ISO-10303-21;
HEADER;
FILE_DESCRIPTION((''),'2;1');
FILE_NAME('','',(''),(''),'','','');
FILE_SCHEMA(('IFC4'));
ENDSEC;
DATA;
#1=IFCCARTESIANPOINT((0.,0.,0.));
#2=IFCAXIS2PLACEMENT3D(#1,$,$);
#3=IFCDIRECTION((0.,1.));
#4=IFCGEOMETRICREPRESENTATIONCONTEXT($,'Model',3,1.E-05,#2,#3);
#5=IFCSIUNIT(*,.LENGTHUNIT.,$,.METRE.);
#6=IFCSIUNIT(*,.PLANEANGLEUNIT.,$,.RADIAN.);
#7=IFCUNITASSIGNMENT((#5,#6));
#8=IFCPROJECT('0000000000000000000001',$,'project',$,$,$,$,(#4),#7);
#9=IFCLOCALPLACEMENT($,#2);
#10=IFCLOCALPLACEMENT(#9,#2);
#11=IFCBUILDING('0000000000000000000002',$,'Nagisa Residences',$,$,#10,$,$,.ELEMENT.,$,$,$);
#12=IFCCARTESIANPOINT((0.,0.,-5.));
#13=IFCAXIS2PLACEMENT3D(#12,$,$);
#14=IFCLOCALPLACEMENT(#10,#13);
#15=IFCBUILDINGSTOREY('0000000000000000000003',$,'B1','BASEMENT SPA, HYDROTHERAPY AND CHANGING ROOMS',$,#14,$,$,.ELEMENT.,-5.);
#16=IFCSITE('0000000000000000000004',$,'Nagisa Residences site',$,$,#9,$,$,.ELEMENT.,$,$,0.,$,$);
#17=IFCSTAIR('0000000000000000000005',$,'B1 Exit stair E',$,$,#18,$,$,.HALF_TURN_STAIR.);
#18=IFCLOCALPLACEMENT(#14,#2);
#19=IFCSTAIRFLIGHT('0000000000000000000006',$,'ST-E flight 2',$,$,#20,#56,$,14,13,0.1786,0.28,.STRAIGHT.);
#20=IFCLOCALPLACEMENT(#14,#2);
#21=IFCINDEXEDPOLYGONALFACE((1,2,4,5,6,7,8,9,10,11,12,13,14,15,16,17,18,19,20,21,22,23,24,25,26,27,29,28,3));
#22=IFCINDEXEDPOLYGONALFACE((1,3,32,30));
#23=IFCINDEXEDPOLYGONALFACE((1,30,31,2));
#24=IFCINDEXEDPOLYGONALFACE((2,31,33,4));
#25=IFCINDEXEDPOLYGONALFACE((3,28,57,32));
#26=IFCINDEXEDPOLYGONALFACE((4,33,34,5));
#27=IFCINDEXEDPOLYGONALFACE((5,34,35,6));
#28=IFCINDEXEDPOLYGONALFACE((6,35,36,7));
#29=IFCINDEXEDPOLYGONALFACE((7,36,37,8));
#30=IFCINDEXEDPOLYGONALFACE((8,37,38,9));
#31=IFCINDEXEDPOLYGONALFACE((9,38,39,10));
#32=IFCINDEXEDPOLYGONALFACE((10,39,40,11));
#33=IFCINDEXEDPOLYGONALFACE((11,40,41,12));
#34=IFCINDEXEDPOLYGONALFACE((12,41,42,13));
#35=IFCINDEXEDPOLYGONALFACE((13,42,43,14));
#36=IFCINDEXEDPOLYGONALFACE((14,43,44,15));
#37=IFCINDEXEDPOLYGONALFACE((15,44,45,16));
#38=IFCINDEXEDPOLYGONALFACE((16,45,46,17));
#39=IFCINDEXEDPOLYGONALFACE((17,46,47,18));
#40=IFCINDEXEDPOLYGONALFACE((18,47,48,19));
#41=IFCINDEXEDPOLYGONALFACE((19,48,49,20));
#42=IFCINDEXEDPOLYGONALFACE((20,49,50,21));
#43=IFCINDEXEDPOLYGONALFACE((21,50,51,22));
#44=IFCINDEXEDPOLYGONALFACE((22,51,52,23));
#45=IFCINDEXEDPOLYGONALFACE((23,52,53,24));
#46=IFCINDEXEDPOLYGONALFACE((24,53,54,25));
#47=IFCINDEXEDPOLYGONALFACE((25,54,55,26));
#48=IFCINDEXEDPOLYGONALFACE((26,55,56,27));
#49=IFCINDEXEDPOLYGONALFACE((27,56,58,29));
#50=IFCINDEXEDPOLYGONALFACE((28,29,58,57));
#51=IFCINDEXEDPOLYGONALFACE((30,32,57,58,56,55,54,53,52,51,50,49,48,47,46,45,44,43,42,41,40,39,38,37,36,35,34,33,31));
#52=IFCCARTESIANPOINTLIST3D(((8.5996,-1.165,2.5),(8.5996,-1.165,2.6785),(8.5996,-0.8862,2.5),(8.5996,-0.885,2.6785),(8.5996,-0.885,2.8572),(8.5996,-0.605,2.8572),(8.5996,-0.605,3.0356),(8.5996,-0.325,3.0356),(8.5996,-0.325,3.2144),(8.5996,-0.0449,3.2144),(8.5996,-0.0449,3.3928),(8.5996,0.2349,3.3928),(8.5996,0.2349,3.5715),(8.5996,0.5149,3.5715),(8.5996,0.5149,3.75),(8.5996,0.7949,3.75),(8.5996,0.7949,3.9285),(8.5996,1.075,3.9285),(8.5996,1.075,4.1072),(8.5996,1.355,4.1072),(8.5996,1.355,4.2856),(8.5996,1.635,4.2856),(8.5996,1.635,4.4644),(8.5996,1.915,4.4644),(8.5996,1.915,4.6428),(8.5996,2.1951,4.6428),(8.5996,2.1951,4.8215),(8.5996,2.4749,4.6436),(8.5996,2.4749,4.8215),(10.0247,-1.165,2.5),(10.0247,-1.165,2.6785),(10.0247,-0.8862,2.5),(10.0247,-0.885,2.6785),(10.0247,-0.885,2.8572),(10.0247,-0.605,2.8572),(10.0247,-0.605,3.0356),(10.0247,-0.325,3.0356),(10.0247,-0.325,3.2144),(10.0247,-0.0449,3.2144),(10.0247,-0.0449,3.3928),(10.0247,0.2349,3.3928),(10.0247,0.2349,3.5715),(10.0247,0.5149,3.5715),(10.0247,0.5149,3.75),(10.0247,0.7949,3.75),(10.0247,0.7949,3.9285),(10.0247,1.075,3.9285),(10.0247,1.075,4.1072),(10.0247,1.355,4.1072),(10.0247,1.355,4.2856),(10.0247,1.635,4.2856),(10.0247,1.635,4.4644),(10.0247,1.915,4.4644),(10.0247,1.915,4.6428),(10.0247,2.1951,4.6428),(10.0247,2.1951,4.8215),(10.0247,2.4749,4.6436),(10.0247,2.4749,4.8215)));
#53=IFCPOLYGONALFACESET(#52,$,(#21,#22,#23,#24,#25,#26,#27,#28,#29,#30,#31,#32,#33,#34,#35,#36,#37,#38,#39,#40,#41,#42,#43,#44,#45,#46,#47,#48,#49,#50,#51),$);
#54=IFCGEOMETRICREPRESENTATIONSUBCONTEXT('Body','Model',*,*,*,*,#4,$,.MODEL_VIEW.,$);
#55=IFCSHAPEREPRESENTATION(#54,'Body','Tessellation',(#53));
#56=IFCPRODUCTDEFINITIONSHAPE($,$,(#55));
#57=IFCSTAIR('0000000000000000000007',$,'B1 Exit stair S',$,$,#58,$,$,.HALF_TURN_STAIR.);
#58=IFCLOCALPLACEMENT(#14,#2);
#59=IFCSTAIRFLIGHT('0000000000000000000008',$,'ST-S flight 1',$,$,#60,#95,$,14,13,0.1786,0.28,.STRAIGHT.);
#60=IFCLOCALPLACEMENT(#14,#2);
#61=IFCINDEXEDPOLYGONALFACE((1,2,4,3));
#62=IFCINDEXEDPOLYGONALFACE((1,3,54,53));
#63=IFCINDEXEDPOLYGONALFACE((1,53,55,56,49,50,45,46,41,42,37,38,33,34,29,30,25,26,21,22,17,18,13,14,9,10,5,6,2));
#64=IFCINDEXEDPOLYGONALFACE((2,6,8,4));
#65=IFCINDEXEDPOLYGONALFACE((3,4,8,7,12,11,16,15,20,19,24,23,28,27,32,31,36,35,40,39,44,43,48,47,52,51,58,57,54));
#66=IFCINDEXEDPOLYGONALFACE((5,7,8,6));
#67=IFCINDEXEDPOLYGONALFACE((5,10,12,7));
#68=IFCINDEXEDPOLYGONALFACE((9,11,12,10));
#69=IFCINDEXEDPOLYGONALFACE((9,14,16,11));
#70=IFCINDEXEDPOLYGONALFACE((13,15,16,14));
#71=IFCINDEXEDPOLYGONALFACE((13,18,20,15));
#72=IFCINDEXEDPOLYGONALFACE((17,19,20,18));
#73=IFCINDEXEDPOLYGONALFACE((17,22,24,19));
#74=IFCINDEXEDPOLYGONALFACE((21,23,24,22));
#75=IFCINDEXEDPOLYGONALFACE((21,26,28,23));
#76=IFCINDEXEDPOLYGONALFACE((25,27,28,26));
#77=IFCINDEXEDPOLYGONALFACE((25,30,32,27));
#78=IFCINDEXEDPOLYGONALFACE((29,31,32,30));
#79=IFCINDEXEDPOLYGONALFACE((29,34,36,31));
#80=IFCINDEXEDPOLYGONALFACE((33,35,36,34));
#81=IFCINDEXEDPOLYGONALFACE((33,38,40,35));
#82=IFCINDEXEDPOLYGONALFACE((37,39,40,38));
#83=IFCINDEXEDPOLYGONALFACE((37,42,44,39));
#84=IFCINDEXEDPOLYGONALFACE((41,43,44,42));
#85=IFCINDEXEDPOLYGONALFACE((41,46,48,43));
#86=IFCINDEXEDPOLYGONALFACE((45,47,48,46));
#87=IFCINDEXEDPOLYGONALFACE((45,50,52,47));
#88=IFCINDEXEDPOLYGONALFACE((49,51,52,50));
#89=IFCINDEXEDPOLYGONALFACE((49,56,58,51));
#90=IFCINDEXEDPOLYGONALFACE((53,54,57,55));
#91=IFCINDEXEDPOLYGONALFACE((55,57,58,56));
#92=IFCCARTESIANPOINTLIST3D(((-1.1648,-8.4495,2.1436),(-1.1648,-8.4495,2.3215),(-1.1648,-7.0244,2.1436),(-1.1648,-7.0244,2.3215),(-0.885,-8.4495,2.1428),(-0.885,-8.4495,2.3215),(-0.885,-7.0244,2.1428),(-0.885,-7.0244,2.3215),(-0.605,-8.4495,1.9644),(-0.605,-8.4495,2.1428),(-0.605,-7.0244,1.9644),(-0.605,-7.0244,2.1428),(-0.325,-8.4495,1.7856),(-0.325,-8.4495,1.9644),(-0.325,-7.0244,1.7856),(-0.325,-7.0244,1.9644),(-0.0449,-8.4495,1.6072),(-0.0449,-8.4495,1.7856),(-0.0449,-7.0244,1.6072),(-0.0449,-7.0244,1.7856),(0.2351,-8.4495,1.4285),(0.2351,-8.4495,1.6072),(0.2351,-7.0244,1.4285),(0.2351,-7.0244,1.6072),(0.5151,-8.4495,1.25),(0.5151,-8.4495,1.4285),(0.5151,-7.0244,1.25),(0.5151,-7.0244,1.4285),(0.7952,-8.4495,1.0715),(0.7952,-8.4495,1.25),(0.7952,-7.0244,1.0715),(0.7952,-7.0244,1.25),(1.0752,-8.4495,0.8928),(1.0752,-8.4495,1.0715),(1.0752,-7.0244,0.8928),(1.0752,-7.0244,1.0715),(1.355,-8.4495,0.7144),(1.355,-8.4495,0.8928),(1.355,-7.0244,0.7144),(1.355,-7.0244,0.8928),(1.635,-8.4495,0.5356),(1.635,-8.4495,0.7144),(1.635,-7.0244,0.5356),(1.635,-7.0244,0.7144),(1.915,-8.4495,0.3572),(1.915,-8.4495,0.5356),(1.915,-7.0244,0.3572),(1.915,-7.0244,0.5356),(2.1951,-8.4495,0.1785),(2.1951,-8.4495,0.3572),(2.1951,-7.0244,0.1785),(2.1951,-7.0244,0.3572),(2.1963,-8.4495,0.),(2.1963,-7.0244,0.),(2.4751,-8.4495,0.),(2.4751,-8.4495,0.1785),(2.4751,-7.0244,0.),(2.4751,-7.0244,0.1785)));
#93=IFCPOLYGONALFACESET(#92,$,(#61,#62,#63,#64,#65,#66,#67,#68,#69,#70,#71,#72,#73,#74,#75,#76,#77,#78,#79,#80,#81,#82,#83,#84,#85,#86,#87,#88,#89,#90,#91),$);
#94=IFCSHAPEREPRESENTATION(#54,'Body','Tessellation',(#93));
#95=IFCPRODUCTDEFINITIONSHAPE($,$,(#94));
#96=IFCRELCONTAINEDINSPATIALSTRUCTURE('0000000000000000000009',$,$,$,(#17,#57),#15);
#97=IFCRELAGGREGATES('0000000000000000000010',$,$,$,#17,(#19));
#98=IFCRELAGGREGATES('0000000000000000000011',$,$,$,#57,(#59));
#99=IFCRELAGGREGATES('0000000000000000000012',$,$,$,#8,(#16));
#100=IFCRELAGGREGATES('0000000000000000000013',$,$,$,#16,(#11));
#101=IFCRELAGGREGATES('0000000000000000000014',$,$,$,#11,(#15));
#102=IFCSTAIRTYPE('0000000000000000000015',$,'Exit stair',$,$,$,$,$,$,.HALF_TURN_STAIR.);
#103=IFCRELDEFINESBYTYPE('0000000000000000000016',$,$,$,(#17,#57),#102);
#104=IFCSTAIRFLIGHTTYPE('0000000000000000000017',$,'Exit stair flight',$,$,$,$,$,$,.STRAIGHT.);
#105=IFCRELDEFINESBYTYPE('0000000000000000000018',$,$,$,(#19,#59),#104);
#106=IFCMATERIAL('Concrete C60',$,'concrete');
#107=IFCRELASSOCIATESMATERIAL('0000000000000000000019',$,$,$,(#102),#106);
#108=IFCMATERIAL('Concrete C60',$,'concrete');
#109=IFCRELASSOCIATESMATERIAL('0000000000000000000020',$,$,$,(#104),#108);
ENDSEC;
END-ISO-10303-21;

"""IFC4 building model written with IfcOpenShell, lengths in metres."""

from ifc_helpers import new_model, si_unit, direction, frame, origin, place, context, subcontext, project, spatial, polyline, outline, extrude, material, type_object, element, aggregate, save


model = new_model("IFC4")

# Units and contexts
model_context = context("Model", 3, precision=1e-05, world=origin(), true_north=direction((0.0, 1.0)))
body_context = subcontext(model_context, "Body", "Model", "MODEL_VIEW")
ifc_project = project(units=[si_unit("LENGTHUNIT", "METRE"), si_unit("PLANEANGLEUNIT", "RADIAN")], contexts=[model_context])

# Site, building, storey
site_placement = place(None, origin())
site = spatial("IfcSite", under=ifc_project, at=site_placement, Name="Nagisa Residences site", CompositionType="ELEMENT", RefElevation=0.0)
building_placement = place(site_placement, origin())
building = spatial("IfcBuilding", under=site, at=building_placement, Name="Nagisa Residences", CompositionType="ELEMENT")
storey_placement = place(building_placement, frame((0.0, 0.0, -5.0)))
storey = spatial("IfcBuildingStorey", under=building, at=storey_placement, Name="B1", Description="BASEMENT SPA, HYDROTHERAPY AND CHANGING ROOMS", CompositionType="ELEMENT", Elevation=-5.0)

# Stairs, stair flights
ifc_material_1 = material(Name="Concrete C60", Category="concrete")
stair_type = type_object("IfcStairType", Name="Exit stair", PredefinedType="HALF_TURN_STAIR", material=ifc_material_1)
stair_1_placement = place(storey_placement, origin())
stair_1 = element("IfcStair", 1, at=stair_1_placement, inside=storey, type_object=stair_type, Name="B1 Exit stair E", PredefinedType="HALF_TURN_STAIR")
ifc_material_2 = material(Name="Concrete C60", Category="concrete")
stair_flight_type = type_object("IfcStairFlightType", Name="Exit stair flight", PredefinedType="STRAIGHT", material=ifc_material_2)
stair_flight_1_placement = place(storey_placement, frame((9.312, -1.165, 2.5), z_axis=(0.0, 0.0, 1.0), x_axis=(0.0, 1.0, 0.0)))
stair_flight_1 = element("IfcStairFlight", 2, at=stair_flight_1_placement, type_object=stair_flight_type, Name="ST-E flight 2", NumberOfRisers=14, NumberOfTreads=13, PredefinedType="STRAIGHT", RiserHeight=0.1786, TreadLength=0.28, context=body_context, shape_type="SweptSolid", body=[
    extrude(outline(polyline([(0.0, 0.0), (0.0, 0.1785), (0.28, 0.1785), (0.28, 0.3572), (0.5601, 0.3572), (0.5601, 0.5356), (0.8401, 0.5356), (0.8401, 0.7144), (1.1201, 0.7144), (1.1201, 0.8928), (1.3999, 0.8928), (1.3999, 1.0715), (1.6799, 1.0715), (1.6799, 1.25), (1.96, 1.25), (1.96, 1.4285), (2.24, 1.4285), (2.24, 1.6072), (2.52, 1.6072), (2.52, 1.7856), (2.8, 1.7856), (2.8, 1.9644), (3.0801, 1.9644), (3.0801, 2.1428), (3.3601, 2.1428), (3.3601, 2.3215), (3.6399, 2.3215), (3.6399, 2.5), (3.6399, 2.1436), (0.2788, 0.0), (0.0, 0.0)])), frame((0.0, 0.7124, 0.0), z_axis=(0.0, -1.0, 0.0), x_axis=(1.0, 0.0, 0.0)), (0.0, 0.0, 1.0), 1.425),
])
aggregate(stair_1, [stair_flight_1])
stair_2_placement = place(storey_placement, origin())
stair_2 = element("IfcStair", 3, at=stair_2_placement, inside=storey, type_object=stair_type, Name="B1 Exit stair S", PredefinedType="HALF_TURN_STAIR")
stair_flight_2_placement = place(storey_placement, frame((2.4751, -7.7371, 0.0), z_axis=(0.0, 0.0, 1.0), x_axis=(-1.0, 0.0, 0.0)))
stair_flight_2 = element("IfcStairFlight", 4, at=stair_flight_2_placement, type_object=stair_flight_type, Name="ST-S flight 1", NumberOfRisers=14, NumberOfTreads=13, PredefinedType="STRAIGHT", RiserHeight=0.1786, TreadLength=0.28, context=body_context, shape_type="SweptSolid", body=[
    extrude(outline(polyline([(0.0, 0.0), (0.0, 0.1785), (0.28, 0.1785), (0.28, 0.3572), (0.5601, 0.3572), (0.5601, 0.5356), (0.8401, 0.5356), (0.8401, 0.7144), (1.1201, 0.7144), (1.1201, 0.8928), (1.3999, 0.8928), (1.3999, 1.0715), (1.6799, 1.0715), (1.6799, 1.25), (1.96, 1.25), (1.96, 1.4285), (2.24, 1.4285), (2.24, 1.6072), (2.52, 1.6072), (2.52, 1.7856), (2.8, 1.7856), (2.8, 1.9644), (3.0801, 1.9644), (3.0801, 2.1428), (3.3601, 2.1428), (3.3601, 2.3215), (3.6399, 2.3215), (3.6399, 2.5), (3.6399, 2.1436), (0.2788, 0.0), (0.0, 0.0)])), frame((0.0, 0.7124, 0.0), z_axis=(0.0, -1.0, 0.0), x_axis=(1.0, 0.0, 0.0)), (0.0, 0.0, 1.0), 1.425),
])
aggregate(stair_2, [stair_flight_2])

save(model, "model.ifc")
